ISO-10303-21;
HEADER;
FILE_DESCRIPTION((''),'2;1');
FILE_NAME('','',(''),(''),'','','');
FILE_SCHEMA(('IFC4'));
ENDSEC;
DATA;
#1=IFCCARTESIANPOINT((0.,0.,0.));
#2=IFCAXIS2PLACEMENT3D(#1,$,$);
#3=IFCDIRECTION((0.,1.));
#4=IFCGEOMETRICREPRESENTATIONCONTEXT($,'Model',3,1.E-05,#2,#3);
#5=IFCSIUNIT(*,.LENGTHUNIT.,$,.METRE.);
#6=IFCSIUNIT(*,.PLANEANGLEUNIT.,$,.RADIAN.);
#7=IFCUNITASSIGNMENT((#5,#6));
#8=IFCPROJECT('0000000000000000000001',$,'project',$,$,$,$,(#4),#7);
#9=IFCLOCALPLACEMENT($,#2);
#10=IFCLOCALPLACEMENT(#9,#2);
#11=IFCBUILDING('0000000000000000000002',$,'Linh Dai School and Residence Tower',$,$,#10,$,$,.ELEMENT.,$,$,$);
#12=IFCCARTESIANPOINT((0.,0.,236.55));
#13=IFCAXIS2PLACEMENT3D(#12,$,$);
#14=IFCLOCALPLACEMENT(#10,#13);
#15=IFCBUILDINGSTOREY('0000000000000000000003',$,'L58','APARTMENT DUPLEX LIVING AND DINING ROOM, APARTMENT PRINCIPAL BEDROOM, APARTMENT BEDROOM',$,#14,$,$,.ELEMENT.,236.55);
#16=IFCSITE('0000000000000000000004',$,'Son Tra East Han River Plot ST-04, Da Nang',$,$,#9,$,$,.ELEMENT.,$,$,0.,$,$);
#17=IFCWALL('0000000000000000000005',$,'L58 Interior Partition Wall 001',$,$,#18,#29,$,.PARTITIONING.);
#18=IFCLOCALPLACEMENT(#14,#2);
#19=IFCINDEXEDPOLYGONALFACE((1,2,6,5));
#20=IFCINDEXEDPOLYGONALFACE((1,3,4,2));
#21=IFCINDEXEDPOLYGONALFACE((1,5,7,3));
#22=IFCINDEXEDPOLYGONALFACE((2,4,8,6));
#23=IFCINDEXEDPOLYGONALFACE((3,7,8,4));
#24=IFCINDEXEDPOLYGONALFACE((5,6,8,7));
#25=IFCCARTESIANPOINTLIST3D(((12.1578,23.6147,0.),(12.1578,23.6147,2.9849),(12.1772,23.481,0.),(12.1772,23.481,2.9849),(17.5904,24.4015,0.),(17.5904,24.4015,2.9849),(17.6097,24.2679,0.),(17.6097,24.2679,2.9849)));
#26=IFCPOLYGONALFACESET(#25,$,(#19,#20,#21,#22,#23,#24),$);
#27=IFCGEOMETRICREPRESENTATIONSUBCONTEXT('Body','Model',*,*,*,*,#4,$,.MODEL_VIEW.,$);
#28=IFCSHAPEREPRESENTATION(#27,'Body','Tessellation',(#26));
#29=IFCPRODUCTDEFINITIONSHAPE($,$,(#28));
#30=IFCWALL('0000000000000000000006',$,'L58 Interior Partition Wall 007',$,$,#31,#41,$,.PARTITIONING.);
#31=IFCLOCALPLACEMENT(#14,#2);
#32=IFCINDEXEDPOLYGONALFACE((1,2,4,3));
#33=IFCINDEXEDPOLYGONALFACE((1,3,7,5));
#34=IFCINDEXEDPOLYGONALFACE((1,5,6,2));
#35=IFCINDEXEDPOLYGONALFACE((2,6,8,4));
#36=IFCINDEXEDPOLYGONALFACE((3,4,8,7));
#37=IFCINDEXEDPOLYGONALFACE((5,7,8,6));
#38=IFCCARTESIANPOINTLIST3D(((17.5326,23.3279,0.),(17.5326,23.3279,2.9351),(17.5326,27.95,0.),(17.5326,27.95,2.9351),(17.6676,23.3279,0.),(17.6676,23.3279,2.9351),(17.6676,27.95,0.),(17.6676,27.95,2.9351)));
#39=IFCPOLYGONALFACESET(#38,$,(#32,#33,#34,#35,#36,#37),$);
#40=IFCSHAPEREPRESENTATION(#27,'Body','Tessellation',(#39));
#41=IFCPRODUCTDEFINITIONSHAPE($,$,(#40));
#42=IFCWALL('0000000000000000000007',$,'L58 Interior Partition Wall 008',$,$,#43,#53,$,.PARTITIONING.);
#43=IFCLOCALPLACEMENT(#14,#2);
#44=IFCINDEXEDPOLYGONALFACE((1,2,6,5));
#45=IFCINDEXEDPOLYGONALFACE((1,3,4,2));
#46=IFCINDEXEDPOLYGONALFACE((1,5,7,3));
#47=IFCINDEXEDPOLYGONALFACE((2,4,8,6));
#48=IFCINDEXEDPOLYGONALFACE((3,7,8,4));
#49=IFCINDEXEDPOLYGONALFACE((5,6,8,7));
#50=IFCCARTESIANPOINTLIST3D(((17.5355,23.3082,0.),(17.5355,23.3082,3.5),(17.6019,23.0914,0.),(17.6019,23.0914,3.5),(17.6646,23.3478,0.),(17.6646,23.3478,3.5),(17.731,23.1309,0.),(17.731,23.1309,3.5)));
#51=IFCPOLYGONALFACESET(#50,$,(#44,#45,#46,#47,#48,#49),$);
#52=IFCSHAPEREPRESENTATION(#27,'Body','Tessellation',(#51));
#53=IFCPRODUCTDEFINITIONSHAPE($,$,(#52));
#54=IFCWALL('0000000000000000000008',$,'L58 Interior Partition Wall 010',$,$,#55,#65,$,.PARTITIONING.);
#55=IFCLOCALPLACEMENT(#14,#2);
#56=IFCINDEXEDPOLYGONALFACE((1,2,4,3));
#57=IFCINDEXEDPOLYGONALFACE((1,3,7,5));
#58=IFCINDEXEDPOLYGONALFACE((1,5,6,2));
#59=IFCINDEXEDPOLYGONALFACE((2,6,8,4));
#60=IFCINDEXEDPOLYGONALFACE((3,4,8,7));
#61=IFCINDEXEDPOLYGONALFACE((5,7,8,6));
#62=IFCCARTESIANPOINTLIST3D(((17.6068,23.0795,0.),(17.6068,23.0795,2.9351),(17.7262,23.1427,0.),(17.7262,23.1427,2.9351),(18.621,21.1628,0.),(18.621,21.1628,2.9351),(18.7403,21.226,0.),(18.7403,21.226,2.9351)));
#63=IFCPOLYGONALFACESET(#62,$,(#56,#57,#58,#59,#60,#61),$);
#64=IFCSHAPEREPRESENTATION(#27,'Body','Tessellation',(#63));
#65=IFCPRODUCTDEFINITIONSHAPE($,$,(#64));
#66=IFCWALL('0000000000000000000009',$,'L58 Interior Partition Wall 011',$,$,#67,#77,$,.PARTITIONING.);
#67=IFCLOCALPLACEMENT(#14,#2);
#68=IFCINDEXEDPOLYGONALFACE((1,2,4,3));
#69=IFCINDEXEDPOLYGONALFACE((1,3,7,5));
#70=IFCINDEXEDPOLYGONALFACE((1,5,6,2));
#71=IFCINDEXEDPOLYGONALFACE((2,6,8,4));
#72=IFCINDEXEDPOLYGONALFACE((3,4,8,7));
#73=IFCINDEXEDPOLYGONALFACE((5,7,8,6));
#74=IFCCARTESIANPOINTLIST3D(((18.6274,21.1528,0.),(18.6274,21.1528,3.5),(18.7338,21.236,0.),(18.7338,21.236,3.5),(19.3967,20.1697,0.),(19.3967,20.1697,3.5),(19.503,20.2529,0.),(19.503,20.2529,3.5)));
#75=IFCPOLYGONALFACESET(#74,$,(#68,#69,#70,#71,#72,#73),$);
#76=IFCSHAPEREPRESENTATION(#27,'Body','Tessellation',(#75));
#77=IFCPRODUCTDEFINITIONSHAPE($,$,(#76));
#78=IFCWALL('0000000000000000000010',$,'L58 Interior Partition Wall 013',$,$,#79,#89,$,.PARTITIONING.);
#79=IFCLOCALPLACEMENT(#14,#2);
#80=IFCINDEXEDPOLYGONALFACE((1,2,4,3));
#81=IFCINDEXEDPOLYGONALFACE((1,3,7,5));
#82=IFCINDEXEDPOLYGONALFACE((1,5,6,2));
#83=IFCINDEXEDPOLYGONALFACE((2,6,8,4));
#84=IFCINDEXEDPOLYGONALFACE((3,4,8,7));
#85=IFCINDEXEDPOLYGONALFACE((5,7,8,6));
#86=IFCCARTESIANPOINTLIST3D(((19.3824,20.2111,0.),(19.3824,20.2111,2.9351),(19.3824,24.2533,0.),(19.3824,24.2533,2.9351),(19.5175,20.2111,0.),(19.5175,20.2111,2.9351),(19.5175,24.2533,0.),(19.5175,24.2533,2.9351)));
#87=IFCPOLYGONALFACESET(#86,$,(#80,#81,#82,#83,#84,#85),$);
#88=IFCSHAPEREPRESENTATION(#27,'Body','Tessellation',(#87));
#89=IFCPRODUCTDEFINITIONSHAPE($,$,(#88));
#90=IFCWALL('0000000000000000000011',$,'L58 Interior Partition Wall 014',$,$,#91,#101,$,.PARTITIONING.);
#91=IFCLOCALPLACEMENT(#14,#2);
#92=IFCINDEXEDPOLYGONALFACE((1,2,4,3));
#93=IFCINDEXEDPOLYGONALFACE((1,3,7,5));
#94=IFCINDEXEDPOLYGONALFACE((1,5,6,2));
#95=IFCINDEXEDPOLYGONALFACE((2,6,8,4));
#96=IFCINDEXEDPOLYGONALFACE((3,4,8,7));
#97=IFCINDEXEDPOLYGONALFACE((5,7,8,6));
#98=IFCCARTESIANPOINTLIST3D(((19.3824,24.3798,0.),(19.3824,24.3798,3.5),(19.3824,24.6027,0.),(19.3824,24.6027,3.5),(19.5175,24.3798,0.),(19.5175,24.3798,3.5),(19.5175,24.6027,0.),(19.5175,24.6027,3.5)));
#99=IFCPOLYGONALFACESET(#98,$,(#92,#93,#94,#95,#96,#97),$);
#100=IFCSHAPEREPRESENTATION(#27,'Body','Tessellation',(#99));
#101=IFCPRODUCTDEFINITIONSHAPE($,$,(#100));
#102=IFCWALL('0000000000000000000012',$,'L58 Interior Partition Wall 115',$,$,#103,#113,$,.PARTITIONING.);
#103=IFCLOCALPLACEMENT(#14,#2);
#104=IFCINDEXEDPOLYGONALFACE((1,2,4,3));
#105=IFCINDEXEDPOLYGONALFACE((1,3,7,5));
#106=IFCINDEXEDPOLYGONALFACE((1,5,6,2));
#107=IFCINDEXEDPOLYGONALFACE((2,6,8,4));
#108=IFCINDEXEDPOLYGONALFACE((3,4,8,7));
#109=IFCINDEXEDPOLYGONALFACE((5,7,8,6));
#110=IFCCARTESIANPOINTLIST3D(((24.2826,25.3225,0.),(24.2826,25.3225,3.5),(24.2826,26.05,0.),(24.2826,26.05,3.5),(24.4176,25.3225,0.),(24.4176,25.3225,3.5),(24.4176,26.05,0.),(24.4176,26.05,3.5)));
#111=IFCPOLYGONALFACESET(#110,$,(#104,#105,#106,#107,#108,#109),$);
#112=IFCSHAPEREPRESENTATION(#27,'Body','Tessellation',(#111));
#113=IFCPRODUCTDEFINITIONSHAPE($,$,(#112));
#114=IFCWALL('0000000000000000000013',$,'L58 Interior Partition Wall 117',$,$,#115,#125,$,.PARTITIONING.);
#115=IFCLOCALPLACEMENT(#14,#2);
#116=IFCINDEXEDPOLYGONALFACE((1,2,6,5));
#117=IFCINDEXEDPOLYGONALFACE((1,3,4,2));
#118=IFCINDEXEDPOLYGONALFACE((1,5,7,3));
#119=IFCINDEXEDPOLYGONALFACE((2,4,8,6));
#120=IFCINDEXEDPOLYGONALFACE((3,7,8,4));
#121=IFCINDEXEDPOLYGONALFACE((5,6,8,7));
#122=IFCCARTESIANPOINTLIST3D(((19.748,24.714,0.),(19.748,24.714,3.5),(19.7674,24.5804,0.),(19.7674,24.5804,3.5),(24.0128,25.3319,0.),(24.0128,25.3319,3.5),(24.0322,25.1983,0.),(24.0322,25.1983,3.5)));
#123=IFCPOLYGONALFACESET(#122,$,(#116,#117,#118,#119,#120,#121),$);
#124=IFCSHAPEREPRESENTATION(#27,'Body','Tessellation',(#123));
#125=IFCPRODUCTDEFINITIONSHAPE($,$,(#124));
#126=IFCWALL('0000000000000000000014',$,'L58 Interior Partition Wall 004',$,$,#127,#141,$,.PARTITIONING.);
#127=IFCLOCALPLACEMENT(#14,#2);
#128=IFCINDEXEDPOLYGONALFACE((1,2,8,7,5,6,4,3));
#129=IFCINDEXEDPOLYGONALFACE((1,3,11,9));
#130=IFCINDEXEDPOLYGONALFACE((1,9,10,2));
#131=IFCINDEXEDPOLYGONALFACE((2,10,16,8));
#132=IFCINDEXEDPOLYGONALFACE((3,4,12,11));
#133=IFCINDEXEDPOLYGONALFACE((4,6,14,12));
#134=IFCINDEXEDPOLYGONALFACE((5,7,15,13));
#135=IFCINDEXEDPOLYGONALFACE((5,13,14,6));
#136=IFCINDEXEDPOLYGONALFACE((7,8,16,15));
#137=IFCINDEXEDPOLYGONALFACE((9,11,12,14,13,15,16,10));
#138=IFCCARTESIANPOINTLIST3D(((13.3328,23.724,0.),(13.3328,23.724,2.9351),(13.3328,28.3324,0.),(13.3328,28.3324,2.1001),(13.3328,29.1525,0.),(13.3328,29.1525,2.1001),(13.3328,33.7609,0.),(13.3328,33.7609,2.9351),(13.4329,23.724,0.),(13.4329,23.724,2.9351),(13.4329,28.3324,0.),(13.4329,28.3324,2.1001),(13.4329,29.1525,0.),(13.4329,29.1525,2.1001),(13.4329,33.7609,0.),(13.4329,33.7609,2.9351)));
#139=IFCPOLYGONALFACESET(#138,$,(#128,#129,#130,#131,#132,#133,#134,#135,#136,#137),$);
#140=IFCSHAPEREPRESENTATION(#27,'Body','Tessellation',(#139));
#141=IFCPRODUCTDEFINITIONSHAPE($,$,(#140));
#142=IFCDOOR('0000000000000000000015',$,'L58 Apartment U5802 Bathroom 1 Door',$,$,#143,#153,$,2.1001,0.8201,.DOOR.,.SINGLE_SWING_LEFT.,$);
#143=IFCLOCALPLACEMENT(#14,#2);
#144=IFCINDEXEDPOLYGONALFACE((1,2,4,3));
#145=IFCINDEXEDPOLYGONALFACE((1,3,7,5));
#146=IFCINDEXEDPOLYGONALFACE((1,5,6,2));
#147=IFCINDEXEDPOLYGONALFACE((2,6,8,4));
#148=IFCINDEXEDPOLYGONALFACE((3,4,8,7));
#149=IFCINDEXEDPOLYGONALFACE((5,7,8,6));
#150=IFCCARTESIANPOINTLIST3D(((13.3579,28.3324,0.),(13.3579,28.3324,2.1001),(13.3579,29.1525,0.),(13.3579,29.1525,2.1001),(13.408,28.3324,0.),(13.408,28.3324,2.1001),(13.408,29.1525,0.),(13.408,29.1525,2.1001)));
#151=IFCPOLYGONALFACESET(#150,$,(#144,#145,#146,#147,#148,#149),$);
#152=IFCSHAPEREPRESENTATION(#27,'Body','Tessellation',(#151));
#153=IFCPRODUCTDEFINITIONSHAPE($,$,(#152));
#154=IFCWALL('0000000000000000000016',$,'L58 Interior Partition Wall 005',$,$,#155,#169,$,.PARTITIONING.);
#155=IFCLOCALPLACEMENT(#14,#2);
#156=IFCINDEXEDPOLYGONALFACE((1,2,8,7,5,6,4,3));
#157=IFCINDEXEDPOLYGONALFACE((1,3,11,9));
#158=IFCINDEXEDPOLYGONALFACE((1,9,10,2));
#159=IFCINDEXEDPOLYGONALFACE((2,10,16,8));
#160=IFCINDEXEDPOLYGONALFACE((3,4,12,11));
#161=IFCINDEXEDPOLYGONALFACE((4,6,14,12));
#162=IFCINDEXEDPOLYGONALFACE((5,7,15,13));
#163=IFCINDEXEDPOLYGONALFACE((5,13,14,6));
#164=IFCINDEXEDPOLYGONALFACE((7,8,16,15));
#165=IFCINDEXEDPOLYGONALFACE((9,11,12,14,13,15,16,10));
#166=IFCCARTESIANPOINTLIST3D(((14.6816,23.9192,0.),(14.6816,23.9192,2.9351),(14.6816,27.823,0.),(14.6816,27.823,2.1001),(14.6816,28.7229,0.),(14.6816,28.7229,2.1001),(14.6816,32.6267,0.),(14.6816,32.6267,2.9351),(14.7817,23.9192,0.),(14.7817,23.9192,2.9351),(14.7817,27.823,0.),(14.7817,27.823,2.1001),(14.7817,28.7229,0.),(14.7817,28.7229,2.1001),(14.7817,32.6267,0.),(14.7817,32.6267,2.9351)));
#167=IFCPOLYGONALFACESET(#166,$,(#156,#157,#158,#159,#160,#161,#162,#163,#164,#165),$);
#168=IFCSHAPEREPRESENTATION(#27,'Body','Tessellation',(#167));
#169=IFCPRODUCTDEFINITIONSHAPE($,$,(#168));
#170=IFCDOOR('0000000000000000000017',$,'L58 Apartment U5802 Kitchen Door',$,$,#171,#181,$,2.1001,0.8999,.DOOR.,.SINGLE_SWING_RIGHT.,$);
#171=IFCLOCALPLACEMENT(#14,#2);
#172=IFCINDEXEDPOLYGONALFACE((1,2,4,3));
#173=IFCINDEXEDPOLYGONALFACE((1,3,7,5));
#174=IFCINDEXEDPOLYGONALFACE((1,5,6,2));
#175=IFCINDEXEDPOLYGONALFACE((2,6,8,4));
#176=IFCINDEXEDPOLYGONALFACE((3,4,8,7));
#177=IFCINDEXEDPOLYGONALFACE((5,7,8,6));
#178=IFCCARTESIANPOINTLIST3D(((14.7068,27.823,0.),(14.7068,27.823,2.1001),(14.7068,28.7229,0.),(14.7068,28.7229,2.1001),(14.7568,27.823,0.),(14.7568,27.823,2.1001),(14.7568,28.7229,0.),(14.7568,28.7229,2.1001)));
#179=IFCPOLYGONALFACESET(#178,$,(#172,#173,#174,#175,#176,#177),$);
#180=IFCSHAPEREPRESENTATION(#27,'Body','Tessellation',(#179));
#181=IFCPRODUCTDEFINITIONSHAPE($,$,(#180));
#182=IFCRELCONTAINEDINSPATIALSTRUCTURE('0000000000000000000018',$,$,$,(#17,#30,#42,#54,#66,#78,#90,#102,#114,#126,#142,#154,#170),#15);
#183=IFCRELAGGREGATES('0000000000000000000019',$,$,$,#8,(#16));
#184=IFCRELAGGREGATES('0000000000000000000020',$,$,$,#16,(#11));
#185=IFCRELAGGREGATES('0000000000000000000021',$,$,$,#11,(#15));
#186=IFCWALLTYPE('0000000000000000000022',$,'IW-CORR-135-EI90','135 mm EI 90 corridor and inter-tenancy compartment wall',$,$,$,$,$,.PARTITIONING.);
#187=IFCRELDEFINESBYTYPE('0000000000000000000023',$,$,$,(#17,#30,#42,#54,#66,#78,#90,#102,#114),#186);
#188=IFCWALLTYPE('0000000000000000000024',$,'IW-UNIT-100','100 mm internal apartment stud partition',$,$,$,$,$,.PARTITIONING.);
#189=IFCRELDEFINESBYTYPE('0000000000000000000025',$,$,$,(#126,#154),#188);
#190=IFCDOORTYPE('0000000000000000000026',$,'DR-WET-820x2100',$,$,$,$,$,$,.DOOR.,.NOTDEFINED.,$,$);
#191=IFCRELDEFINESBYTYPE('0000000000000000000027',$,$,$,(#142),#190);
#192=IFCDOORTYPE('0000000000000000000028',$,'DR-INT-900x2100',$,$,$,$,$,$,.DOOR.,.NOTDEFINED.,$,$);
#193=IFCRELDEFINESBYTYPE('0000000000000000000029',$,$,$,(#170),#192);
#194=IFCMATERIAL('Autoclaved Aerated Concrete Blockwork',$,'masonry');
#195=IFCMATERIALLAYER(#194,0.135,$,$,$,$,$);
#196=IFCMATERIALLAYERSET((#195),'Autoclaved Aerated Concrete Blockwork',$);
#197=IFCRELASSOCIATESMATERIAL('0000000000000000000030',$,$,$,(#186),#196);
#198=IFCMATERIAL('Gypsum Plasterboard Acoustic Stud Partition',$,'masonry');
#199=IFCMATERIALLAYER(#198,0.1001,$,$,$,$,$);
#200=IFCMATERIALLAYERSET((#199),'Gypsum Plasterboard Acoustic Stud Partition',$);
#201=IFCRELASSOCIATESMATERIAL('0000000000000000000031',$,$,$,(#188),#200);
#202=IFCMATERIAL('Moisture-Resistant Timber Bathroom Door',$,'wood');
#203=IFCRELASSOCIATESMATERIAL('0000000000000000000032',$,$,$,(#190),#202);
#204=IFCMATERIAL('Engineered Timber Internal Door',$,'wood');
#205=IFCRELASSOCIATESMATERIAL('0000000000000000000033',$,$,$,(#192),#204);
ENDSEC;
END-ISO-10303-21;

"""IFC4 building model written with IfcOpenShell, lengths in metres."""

from ifc_helpers import new_model, si_unit, direction, frame, frame_2d, origin, origin_2d, place, context, subcontext, project, spatial, rectangle, extrude, source, transform, mapped, material, layer, layer_set, type_object, element, fill, save


model = new_model("IFC4")

# Units and contexts
model_context = context("Model", 3, precision=1e-05, world=origin(), true_north=direction((0.0, 1.0)))
body_context = subcontext(model_context, "Body", "Model", "MODEL_VIEW")
ifc_project = project(units=[si_unit("LENGTHUNIT", "METRE"), si_unit("PLANEANGLEUNIT", "RADIAN")], contexts=[model_context])

# Site, building, storey
site_placement = place(None, origin())
site = spatial("IfcSite", under=ifc_project, at=site_placement, Name="Son Tra East Han River Plot ST-04, Da Nang", CompositionType="ELEMENT", RefElevation=0.0)
building_placement = place(site_placement, origin())
building = spatial("IfcBuilding", under=site, at=building_placement, Name="Linh Dai School and Residence Tower", CompositionType="ELEMENT")
storey_placement = place(building_placement, frame((0.0, 0.0, 236.55)))
storey = spatial("IfcBuildingStorey", under=building, at=storey_placement, Name="L58", Description="APARTMENT DUPLEX LIVING AND DINING ROOM, APARTMENT PRINCIPAL BEDROOM, APARTMENT BEDROOM", CompositionType="ELEMENT", Elevation=236.55)

# Walls
ifc_material_1 = material(Name="Autoclaved Aerated Concrete Blockwork", Category="masonry")
ifc_layer_1 = layer(ifc_material_1, 0.135)
ifc_layer_set_1 = layer_set([ifc_layer_1], Name="Autoclaved Aerated Concrete Blockwork")
wall_type_1 = type_object("IfcWallType", Name="IW-CORR-135-EI90", Description="135 mm EI 90 corridor and inter-tenancy compartment wall", PredefinedType="PARTITIONING", material=ifc_layer_set_1)
wall_1_placement = place(storey_placement, frame((12.1675, 23.5479, 0.0), z_axis=(0.0, 0.0, 1.0), x_axis=(0.989673, 0.143345, 0.0)))
element("IfcWall", 1, at=wall_1_placement, inside=storey, type_object=wall_type_1, Name="L58 Interior Partition Wall 001", PredefinedType="PARTITIONING", context=body_context, shape_type="SweptSolid", body=[
    extrude(rectangle(XDim=5.4893, YDim=0.135, at=frame_2d((2.7446, 0.0))), origin(), (0.0, 0.0, 1.0), 2.9849),
])
wall_2_placement = place(storey_placement, frame((17.6001, 23.3279, 0.0), z_axis=(0.0, 0.0, 1.0), x_axis=(0.0, 1.0, 0.0)))
element("IfcWall", 2, at=wall_2_placement, inside=storey, type_object=wall_type_1, Name="L58 Interior Partition Wall 007", PredefinedType="PARTITIONING", context=body_context, shape_type="SweptSolid", body=[
    extrude(rectangle(XDim=4.6221, YDim=0.135, at=frame_2d((2.311, 0.0))), origin(), (0.0, 0.0, 1.0), 2.9351),
])
wall_3_placement = place(storey_placement, frame((17.6001, 23.3279, 0.0), z_axis=(0.0, 0.0, 1.0), x_axis=(0.292875, -0.956151, 0.0)))
element("IfcWall", 3, at=wall_3_placement, inside=storey, type_object=wall_type_1, Name="L58 Interior Partition Wall 008", PredefinedType="PARTITIONING", context=body_context, shape_type="SweptSolid", body=[
    extrude(rectangle(XDim=0.2268, YDim=0.135, at=frame_2d((0.1133, 0.0))), origin(), (0.0, 0.0, 1.0), 3.5),
])
wall_4_placement = place(storey_placement, frame((17.6665, 23.1111, 0.0), z_axis=(0.0, 0.0, 1.0), x_axis=(0.467676, -0.8839, 0.0)))
element("IfcWall", 4, at=wall_4_placement, inside=storey, type_object=wall_type_1, Name="L58 Interior Partition Wall 010", PredefinedType="PARTITIONING", context=body_context, shape_type="SweptSolid", body=[
    extrude(rectangle(XDim=2.1685, YDim=0.135, at=frame_2d((1.0842, 0.0))), origin(), (0.0, 0.0, 1.0), 2.9351),
])
wall_5_placement = place(storey_placement, frame((18.6807, 21.1943, 0.0), z_axis=(0.0, 0.0, 1.0), x_axis=(0.61624, -0.787559, 0.0)))
element("IfcWall", 5, at=wall_5_placement, inside=storey, type_object=wall_type_1, Name="L58 Interior Partition Wall 011", PredefinedType="PARTITIONING", context=body_context, shape_type="SweptSolid", body=[
    extrude(rectangle(XDim=1.2483, YDim=0.135, at=frame_2d((0.624, 0.0))), origin(), (0.0, 0.0, 1.0), 3.5),
])
wall_6_placement = place(storey_placement, frame((19.45, 20.2112, 0.0), z_axis=(0.0, 0.0, 1.0), x_axis=(0.0, 1.0, 0.0)))
element("IfcWall", 6, at=wall_6_placement, inside=storey, type_object=wall_type_1, Name="L58 Interior Partition Wall 013", PredefinedType="PARTITIONING", context=body_context, shape_type="SweptSolid", body=[
    extrude(rectangle(XDim=4.0422, YDim=0.135, at=frame_2d((2.021, 0.0))), origin(), (0.0, 0.0, 1.0), 2.9351),
])
wall_7_placement = place(storey_placement, frame((19.45, 24.3799, 0.0), z_axis=(0.0, 0.0, 1.0), x_axis=(0.0, 1.0, 0.0)))
element("IfcWall", 7, at=wall_7_placement, inside=storey, type_object=wall_type_1, Name="L58 Interior Partition Wall 014", PredefinedType="PARTITIONING", context=body_context, shape_type="SweptSolid", body=[
    extrude(rectangle(XDim=0.2229, YDim=0.135, at=frame_2d((0.1113, 0.0))), origin(), (0.0, 0.0, 1.0), 3.5),
])
wall_8_placement = place(storey_placement, frame((24.3501, 25.3225, 0.0), z_axis=(0.0, 0.0, 1.0), x_axis=(0.0, 1.0, 0.0)))
element("IfcWall", 8, at=wall_8_placement, inside=storey, type_object=wall_type_1, Name="L58 Interior Partition Wall 115", PredefinedType="PARTITIONING", context=body_context, shape_type="SweptSolid", body=[
    extrude(rectangle(XDim=0.7275, YDim=0.135, at=frame_2d((0.3638, 0.0))), origin(), (0.0, 0.0, 1.0), 3.5),
])
wall_9_placement = place(storey_placement, frame((19.7576, 24.6472, 0.0), z_axis=(0.0, 0.0, 1.0), x_axis=(0.989667, 0.143388, 0.0)))
element("IfcWall", 9, at=wall_9_placement, inside=storey, type_object=wall_type_1, Name="L58 Interior Partition Wall 117", PredefinedType="PARTITIONING", context=body_context, shape_type="SweptSolid", body=[
    extrude(rectangle(XDim=4.3093, YDim=0.135, at=frame_2d((2.1548, 0.0))), origin(), (0.0, 0.0, 1.0), 3.5),
])

# Walls, openings, doors
ifc_material_2 = material(Name="Gypsum Plasterboard Acoustic Stud Partition", Category="masonry")
ifc_layer_2 = layer(ifc_material_2, 0.1001)
ifc_layer_set_2 = layer_set([ifc_layer_2], Name="Gypsum Plasterboard Acoustic Stud Partition")
wall_type_2 = type_object("IfcWallType", Name="IW-UNIT-100", Description="100 mm internal apartment stud partition", PredefinedType="PARTITIONING", material=ifc_layer_set_2)
wall_10_placement = place(storey_placement, frame((13.3828, 23.7239, 0.0), z_axis=(0.0, 0.0, 1.0), x_axis=(0.0, 1.0, 0.0)))
wall_10 = element("IfcWall", 10, at=wall_10_placement, inside=storey, type_object=wall_type_2, Name="L58 Interior Partition Wall 004", PredefinedType="PARTITIONING", context=body_context, shape_type="SweptSolid", body=[
    extrude(rectangle(XDim=10.0369, YDim=0.1001, at=frame_2d((5.0186, 0.0))), origin(), (0.0, 0.0, 1.0), 2.9351),
])
opening_1_placement = place(wall_10_placement, frame((4.6084, 0.0, 0.0)))
opening_1 = element("IfcOpeningElement", 11, at=opening_1_placement, cuts=wall_10, PredefinedType="OPENING", context=body_context, shape_type="SweptSolid", body=[
    extrude(rectangle(XDim=0.8201, YDim=2.1001, at=origin_2d()), frame((0.4102, 0.0601, 1.05), z_axis=(0.0, -1.0, 0.0), x_axis=(1.0, 0.0, 0.0)), (0.0, 0.0, 1.0), 0.1201),
])
ifc_material_3 = material(Name="Moisture-Resistant Timber Bathroom Door", Category="wood")
door_type_1 = type_object("IfcDoorType", Name="DR-WET-820x2100", OperationType="NOTDEFINED", PredefinedType="DOOR", material=ifc_material_3)
shared_shape_1 = source(origin(), body_context, "Body", "SweptSolid", [
    extrude(rectangle(XDim=0.8201, YDim=2.1001, at=origin_2d()), frame((0.4102, 0.0249, 1.05), z_axis=(0.0, -1.0, 0.0), x_axis=(1.0, 0.0, 0.0)), (0.0, 0.0, 1.0), 0.05),
])
door_1_placement = place(opening_1_placement, origin())
door_1 = element("IfcDoor", 12, at=door_1_placement, inside=storey, type_object=door_type_1, Name="L58 Apartment U5802 Bathroom 1 Door", OperationType="SINGLE_SWING_LEFT", OverallHeight=2.1001, OverallWidth=0.8201, PredefinedType="DOOR", context=body_context, shape_type="MappedRepresentation", body=[
    mapped(shared_shape_1, transform((0.0, 0.0, 0.0), x_axis=(1.0, 0.0, 0.0), y_axis=(0.0, 1.0, 0.0), z_axis=(0.0, 0.0, 1.0), scale=1.0)),
])
fill(opening_1, door_1)
wall_11_placement = place(storey_placement, frame((14.7317, 23.9192, 0.0), z_axis=(0.0, 0.0, 1.0), x_axis=(0.0, 1.0, 0.0)))
wall_11 = element("IfcWall", 13, at=wall_11_placement, inside=storey, type_object=wall_type_2, Name="L58 Interior Partition Wall 005", PredefinedType="PARTITIONING", context=body_context, shape_type="SweptSolid", body=[
    extrude(rectangle(XDim=8.7075, YDim=0.1001, at=frame_2d((4.3538, 0.0))), origin(), (0.0, 0.0, 1.0), 2.9351),
])
opening_2_placement = place(wall_11_placement, frame((3.9038, 0.0, 0.0)))
opening_2 = element("IfcOpeningElement", 14, at=opening_2_placement, cuts=wall_11, PredefinedType="OPENING", context=body_context, shape_type="SweptSolid", body=[
    extrude(rectangle(XDim=0.8999, YDim=2.1001, at=origin_2d()), frame((0.45, 0.0601, 1.05), z_axis=(0.0, -1.0, 0.0), x_axis=(1.0, 0.0, 0.0)), (0.0, 0.0, 1.0), 0.1201),
])
ifc_material_4 = material(Name="Engineered Timber Internal Door", Category="wood")
door_type_2 = type_object("IfcDoorType", Name="DR-INT-900x2100", OperationType="NOTDEFINED", PredefinedType="DOOR", material=ifc_material_4)
shared_shape_2 = source(origin(), body_context, "Body", "SweptSolid", [
    extrude(rectangle(XDim=0.8999, YDim=2.1001, at=origin_2d()), frame((0.45, 0.0249, 1.05), z_axis=(0.0, -1.0, 0.0), x_axis=(1.0, 0.0, 0.0)), (0.0, 0.0, 1.0), 0.05),
])
door_2_placement = place(opening_2_placement, origin())
door_2 = element("IfcDoor", 15, at=door_2_placement, inside=storey, type_object=door_type_2, Name="L58 Apartment U5802 Kitchen Door", OperationType="SINGLE_SWING_RIGHT", OverallHeight=2.1001, OverallWidth=0.8999, PredefinedType="DOOR", context=body_context, shape_type="MappedRepresentation", body=[
    mapped(shared_shape_2, transform((0.0, 0.0, 0.0), x_axis=(1.0, 0.0, 0.0), y_axis=(0.0, 1.0, 0.0), z_axis=(0.0, 0.0, 1.0), scale=1.0)),
])
fill(opening_2, door_2)

save(model, "model.ifc")
